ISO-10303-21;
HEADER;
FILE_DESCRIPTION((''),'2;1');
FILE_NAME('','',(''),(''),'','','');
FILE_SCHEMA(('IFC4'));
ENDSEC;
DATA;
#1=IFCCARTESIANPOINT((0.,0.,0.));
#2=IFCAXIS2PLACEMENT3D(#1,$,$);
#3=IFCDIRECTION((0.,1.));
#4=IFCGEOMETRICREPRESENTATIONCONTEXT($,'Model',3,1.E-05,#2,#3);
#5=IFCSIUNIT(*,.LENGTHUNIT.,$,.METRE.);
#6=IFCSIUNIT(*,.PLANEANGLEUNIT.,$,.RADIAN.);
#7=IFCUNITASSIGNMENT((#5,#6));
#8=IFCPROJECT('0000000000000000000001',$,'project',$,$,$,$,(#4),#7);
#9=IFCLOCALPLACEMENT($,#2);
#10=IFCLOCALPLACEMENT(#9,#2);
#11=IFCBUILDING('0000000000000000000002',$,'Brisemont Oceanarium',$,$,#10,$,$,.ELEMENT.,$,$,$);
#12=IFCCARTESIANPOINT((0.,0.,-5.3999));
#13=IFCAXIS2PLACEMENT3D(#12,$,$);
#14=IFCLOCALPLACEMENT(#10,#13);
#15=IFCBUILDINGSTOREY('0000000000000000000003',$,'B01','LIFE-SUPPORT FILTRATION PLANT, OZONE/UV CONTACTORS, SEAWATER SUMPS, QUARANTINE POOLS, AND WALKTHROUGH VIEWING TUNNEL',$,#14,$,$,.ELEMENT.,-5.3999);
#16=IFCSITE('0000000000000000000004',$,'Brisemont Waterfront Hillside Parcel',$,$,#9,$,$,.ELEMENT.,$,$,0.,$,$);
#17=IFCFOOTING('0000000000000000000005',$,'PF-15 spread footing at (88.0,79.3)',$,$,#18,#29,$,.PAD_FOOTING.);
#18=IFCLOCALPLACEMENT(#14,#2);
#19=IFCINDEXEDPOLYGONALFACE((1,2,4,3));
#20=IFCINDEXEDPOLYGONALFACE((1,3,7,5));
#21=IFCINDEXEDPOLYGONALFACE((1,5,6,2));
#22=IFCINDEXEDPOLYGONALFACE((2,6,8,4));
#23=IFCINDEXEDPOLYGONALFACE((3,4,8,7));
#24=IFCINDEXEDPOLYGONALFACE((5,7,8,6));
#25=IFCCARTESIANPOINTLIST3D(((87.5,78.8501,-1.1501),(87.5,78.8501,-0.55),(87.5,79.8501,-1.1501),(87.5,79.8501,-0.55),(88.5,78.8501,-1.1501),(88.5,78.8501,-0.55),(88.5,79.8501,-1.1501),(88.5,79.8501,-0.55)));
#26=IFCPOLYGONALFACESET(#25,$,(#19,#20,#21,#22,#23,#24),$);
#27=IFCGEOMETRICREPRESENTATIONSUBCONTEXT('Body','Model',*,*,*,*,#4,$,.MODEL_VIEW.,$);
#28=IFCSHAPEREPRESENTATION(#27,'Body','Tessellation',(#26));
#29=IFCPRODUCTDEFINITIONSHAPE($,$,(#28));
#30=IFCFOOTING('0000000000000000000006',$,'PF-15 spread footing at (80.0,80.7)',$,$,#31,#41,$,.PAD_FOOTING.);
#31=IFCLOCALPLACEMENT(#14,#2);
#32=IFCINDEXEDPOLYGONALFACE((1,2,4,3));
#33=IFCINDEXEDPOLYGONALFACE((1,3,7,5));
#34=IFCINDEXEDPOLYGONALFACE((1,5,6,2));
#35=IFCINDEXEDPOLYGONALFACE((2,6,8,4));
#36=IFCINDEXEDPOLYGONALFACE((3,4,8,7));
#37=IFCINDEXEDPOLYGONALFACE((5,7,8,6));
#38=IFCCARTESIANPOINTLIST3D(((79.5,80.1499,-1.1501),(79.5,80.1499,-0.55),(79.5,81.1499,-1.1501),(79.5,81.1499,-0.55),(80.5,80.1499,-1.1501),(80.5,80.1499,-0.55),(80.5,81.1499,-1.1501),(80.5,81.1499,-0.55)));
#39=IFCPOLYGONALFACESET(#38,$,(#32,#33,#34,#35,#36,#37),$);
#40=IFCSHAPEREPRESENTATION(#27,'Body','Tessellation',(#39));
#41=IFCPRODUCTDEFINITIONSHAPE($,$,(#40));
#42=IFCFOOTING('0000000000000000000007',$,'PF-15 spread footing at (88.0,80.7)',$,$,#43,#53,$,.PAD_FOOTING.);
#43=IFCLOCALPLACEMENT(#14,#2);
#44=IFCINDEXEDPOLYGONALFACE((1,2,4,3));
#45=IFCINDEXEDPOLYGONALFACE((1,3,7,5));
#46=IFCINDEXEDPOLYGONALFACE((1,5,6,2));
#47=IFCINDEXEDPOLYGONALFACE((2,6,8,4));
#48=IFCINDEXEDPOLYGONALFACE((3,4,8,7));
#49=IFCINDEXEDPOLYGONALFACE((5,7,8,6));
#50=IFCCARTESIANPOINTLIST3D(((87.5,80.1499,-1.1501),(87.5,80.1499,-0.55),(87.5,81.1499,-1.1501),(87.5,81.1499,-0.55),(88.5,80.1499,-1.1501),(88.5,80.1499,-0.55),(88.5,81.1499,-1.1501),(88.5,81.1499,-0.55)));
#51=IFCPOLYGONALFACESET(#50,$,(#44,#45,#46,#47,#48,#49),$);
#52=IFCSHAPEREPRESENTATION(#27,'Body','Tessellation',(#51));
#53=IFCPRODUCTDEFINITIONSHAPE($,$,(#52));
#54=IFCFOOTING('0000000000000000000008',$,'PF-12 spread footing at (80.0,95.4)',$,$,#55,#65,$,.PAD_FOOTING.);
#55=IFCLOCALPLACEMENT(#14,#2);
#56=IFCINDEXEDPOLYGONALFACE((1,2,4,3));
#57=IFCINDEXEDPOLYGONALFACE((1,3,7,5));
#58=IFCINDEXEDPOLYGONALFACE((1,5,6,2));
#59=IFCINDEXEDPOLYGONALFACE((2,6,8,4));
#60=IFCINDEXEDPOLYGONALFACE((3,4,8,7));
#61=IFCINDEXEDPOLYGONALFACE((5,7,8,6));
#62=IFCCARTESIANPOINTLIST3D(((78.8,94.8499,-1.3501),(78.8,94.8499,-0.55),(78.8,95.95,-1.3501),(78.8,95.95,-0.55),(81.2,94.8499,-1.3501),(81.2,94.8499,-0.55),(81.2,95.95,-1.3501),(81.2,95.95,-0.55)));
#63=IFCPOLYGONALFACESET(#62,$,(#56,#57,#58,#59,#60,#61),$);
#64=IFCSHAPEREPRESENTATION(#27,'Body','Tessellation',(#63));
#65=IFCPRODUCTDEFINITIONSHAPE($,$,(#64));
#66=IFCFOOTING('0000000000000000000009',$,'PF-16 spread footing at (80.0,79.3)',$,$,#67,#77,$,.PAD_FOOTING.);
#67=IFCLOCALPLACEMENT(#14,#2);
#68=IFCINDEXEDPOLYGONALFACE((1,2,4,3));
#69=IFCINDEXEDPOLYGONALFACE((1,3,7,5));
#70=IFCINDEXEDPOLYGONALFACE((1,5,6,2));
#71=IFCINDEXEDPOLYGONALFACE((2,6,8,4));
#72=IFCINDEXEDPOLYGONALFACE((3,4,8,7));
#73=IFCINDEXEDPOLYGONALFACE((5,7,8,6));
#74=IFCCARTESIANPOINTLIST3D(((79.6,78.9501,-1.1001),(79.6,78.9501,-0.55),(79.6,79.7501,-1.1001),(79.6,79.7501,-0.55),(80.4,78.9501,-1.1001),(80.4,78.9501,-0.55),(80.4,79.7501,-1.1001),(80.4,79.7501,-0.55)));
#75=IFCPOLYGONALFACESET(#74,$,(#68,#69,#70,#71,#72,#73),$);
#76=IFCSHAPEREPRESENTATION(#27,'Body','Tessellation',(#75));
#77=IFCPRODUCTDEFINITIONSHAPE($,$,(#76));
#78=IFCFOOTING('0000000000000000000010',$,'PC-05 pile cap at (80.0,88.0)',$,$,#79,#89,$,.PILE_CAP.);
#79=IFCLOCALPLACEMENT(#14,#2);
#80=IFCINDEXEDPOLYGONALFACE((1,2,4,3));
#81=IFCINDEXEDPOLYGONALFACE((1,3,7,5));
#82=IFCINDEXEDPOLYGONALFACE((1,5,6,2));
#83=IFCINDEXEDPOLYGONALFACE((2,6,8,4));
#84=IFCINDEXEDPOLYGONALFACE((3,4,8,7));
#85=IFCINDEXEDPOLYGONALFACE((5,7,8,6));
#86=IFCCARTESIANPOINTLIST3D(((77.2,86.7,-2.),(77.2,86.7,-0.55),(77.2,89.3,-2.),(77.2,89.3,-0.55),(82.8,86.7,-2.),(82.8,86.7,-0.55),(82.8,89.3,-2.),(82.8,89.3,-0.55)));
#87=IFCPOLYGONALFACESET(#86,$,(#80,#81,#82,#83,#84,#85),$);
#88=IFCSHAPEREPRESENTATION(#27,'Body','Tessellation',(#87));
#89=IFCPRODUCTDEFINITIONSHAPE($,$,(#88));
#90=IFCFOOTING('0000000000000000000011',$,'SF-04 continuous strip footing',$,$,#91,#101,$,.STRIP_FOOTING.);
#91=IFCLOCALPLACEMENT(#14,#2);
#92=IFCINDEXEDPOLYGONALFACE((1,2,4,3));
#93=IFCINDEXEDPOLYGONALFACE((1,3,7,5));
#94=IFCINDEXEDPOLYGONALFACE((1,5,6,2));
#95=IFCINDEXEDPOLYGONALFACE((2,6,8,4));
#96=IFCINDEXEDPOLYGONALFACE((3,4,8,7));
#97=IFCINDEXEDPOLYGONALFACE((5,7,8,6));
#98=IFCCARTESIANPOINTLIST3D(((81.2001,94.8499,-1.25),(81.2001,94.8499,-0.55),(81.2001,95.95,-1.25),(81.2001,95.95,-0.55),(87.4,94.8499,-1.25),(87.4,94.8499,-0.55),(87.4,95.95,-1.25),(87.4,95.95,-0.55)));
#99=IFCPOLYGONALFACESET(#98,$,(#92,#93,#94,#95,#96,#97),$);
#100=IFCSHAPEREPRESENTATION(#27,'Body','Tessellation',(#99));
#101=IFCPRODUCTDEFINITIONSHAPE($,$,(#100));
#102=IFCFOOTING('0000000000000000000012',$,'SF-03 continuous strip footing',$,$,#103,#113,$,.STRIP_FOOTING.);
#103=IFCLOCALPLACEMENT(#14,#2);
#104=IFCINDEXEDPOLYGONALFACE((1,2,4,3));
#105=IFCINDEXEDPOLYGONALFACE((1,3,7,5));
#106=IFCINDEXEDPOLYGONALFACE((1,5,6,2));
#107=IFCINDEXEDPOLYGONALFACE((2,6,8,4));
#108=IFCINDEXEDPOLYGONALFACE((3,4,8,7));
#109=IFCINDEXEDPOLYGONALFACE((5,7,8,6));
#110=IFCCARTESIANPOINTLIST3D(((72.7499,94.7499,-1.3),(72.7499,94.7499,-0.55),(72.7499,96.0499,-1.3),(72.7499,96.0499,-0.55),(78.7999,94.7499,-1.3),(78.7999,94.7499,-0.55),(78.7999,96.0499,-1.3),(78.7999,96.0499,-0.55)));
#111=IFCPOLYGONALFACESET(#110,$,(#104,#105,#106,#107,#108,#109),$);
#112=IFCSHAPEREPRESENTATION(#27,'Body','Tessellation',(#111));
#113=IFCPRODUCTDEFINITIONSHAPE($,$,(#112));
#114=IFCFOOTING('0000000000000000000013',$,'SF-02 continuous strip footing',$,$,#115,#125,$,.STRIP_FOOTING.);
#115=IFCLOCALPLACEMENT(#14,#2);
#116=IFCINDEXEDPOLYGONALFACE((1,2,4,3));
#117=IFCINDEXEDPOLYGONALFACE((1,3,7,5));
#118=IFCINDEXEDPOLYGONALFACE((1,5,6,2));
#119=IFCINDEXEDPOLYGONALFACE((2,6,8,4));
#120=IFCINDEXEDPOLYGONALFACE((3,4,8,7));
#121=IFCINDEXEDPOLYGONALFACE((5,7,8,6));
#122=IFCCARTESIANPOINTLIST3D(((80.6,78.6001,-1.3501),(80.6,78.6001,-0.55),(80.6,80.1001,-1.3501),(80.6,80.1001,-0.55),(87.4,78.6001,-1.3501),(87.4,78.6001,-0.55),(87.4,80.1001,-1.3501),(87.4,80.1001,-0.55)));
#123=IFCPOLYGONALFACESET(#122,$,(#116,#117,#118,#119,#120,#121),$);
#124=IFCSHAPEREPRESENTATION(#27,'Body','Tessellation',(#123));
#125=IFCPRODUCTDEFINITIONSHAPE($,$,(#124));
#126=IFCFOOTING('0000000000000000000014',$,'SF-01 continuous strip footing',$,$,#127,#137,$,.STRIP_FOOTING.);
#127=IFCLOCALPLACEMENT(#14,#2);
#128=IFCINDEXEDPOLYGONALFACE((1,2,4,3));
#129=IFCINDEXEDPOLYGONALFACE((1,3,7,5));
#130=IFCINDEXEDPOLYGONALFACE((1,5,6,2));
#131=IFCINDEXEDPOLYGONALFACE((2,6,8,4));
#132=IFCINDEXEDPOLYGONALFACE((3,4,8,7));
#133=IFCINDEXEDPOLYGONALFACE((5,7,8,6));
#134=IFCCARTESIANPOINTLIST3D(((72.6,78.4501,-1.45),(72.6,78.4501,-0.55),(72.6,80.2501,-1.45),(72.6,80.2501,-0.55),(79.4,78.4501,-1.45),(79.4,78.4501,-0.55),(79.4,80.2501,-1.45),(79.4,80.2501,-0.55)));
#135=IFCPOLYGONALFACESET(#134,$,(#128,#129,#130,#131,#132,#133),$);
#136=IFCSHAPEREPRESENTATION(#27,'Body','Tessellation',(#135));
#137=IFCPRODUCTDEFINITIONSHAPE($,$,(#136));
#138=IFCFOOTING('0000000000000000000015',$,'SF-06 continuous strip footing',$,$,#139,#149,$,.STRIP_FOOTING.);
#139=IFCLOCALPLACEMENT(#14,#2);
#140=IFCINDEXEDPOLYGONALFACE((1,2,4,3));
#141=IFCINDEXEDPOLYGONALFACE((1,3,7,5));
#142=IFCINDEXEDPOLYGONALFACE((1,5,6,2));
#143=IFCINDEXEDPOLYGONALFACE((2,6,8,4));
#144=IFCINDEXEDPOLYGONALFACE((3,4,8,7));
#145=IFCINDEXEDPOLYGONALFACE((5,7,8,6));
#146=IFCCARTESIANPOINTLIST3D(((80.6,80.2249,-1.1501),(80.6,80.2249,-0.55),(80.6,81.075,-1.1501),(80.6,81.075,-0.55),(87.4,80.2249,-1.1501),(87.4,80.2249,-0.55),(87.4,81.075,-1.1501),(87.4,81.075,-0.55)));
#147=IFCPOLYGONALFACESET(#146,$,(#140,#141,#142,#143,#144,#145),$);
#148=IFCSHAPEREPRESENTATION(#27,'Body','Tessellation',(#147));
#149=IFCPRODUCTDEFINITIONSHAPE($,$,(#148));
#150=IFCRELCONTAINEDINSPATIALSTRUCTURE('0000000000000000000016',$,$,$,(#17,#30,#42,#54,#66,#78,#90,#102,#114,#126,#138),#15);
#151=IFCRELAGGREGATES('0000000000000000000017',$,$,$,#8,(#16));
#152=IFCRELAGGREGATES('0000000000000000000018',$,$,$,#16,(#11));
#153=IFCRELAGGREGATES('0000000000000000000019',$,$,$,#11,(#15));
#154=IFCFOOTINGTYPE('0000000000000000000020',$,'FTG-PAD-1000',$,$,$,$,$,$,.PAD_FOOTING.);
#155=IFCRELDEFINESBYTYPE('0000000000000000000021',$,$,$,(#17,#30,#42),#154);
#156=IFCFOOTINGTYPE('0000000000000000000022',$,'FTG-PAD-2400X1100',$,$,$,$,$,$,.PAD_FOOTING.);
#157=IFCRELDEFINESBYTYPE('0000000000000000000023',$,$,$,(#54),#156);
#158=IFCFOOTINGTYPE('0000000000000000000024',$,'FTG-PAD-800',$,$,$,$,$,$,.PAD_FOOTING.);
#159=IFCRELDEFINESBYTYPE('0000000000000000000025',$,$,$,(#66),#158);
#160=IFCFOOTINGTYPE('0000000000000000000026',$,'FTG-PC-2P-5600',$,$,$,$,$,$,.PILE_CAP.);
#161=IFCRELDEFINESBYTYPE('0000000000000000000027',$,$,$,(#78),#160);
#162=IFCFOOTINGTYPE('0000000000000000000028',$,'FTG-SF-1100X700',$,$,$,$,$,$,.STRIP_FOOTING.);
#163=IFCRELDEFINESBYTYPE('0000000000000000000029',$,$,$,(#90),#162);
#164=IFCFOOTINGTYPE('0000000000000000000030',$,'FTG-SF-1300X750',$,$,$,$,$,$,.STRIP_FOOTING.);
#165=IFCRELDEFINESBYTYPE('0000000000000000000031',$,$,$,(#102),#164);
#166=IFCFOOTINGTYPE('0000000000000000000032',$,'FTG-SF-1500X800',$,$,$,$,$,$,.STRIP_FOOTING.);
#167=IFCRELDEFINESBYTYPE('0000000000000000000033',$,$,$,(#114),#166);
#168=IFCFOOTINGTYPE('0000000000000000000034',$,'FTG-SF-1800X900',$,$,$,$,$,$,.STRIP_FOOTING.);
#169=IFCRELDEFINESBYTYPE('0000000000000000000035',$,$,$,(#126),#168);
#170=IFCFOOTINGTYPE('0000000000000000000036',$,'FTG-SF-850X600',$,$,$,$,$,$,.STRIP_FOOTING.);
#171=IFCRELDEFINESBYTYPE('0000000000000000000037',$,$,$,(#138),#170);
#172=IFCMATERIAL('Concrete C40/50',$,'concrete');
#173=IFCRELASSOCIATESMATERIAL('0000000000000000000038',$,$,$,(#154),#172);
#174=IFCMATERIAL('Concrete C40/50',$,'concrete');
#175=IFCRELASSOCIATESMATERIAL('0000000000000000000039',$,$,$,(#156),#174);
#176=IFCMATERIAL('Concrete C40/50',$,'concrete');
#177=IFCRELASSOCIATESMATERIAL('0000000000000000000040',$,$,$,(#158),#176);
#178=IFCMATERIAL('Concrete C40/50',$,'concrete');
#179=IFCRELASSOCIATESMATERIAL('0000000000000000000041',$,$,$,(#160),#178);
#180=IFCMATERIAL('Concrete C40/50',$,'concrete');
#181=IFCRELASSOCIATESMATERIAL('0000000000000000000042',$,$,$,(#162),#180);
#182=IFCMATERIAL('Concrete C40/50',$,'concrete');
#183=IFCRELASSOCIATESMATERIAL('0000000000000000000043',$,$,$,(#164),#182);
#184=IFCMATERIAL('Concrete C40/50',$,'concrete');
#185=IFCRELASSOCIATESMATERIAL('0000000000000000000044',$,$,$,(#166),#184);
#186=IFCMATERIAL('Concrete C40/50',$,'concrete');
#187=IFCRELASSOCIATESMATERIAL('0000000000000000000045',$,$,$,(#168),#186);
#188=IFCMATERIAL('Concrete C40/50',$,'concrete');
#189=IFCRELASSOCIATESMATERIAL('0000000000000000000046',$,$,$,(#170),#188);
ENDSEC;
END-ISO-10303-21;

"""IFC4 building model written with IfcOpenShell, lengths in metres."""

from ifc_helpers import new_model, si_unit, direction, frame, origin, origin_2d, place, context, subcontext, project, spatial, rectangle, extrude, material, type_object, element, save


model = new_model("IFC4")

# Units and contexts
model_context = context("Model", 3, precision=1e-05, world=origin(), true_north=direction((0.0, 1.0)))
body_context = subcontext(model_context, "Body", "Model", "MODEL_VIEW")
ifc_project = project(units=[si_unit("LENGTHUNIT", "METRE"), si_unit("PLANEANGLEUNIT", "RADIAN")], contexts=[model_context])

# Site, building, storey
site_placement = place(None, origin())
site = spatial("IfcSite", under=ifc_project, at=site_placement, Name="Brisemont Waterfront Hillside Parcel", CompositionType="ELEMENT", RefElevation=0.0)
building_placement = place(site_placement, origin())
building = spatial("IfcBuilding", under=site, at=building_placement, Name="Brisemont Oceanarium", CompositionType="ELEMENT")
storey_placement = place(building_placement, frame((0.0, 0.0, -5.3999)))
storey = spatial("IfcBuildingStorey", under=building, at=storey_placement, Name="B01", Description="LIFE-SUPPORT FILTRATION PLANT, OZONE/UV CONTACTORS, SEAWATER SUMPS, QUARANTINE POOLS, AND WALKTHROUGH VIEWING TUNNEL", CompositionType="ELEMENT", Elevation=-5.3999)

# Footings
ifc_material_1 = material(Name="Concrete C40/50", Category="concrete")
footing_type_1 = type_object("IfcFootingType", Name="FTG-PAD-1000", PredefinedType="PAD_FOOTING", material=ifc_material_1)
for number, where, z_axis, x_axis, name in (
    (1, (88.0, 79.3501, -1.1501), (0.0, 0.0, 1.0), (1.0, 0.0, 0.0), "PF-15 spread footing at (88.0,79.3)"),
    (2, (80.0, 80.6499, -1.1501), (0.0, 0.0, 1.0), (1.0, 0.0, 0.0), "PF-15 spread footing at (80.0,80.7)"),
    (3, (88.0, 80.6499, -1.1501), (0.0, 0.0, 1.0), (1.0, 0.0, 0.0), "PF-15 spread footing at (88.0,80.7)"),
):
    element("IfcFooting", number, at=place(storey_placement, frame(where, z_axis=z_axis, x_axis=x_axis)), inside=storey, type_object=footing_type_1, Name=name, PredefinedType="PAD_FOOTING", context=body_context, shape_type="SweptSolid", body=[
        extrude(rectangle(XDim=1.0, YDim=1.0, at=origin_2d()), origin(), (0.0, 0.0, 1.0), 0.6001),
    ])
ifc_material_2 = material(Name="Concrete C40/50", Category="concrete")
footing_type_2 = type_object("IfcFootingType", Name="FTG-PAD-2400X1100", PredefinedType="PAD_FOOTING", material=ifc_material_2)
footing_1_placement = place(storey_placement, frame((80.0, 95.3999, -1.3501), z_axis=(0.0, 0.0, 1.0), x_axis=(1.0, 0.0, 0.0)))
element("IfcFooting", 4, at=footing_1_placement, inside=storey, type_object=footing_type_2, Name="PF-12 spread footing at (80.0,95.4)", PredefinedType="PAD_FOOTING", context=body_context, shape_type="SweptSolid", body=[
    extrude(rectangle(XDim=2.3999, YDim=1.1001, at=origin_2d()), origin(), (0.0, 0.0, 1.0), 0.8),
])
ifc_material_3 = material(Name="Concrete C40/50", Category="concrete")
footing_type_3 = type_object("IfcFootingType", Name="FTG-PAD-800", PredefinedType="PAD_FOOTING", material=ifc_material_3)
footing_2_placement = place(storey_placement, frame((80.0, 79.3501, -1.1001), z_axis=(0.0, 0.0, 1.0), x_axis=(1.0, 0.0, 0.0)))
element("IfcFooting", 5, at=footing_2_placement, inside=storey, type_object=footing_type_3, Name="PF-16 spread footing at (80.0,79.3)", PredefinedType="PAD_FOOTING", context=body_context, shape_type="SweptSolid", body=[
    extrude(rectangle(XDim=0.8, YDim=0.8, at=origin_2d()), origin(), (0.0, 0.0, 1.0), 0.55),
])
ifc_material_4 = material(Name="Concrete C40/50", Category="concrete")
footing_type_4 = type_object("IfcFootingType", Name="FTG-PC-2P-5600", PredefinedType="PILE_CAP", material=ifc_material_4)
footing_3_placement = place(storey_placement, frame((80.0, 88.0, -2.0), z_axis=(0.0, 0.0, 1.0), x_axis=(1.0, 0.0, 0.0)))
element("IfcFooting", 6, at=footing_3_placement, inside=storey, type_object=footing_type_4, Name="PC-05 pile cap at (80.0,88.0)", PredefinedType="PILE_CAP", context=body_context, shape_type="SweptSolid", body=[
    extrude(rectangle(XDim=5.6001, YDim=2.6001, at=origin_2d()), origin(), (0.0, 0.0, 1.0), 1.45),
])
ifc_material_5 = material(Name="Concrete C40/50", Category="concrete")
footing_type_5 = type_object("IfcFootingType", Name="FTG-SF-1100X700", PredefinedType="STRIP_FOOTING", material=ifc_material_5)
footing_4_placement = place(storey_placement, frame((84.3, 95.3999, -1.25), z_axis=(0.0, 0.0, 1.0), x_axis=(1.0, 0.0, 0.0)))
element("IfcFooting", 7, at=footing_4_placement, inside=storey, type_object=footing_type_5, Name="SF-04 continuous strip footing", PredefinedType="STRIP_FOOTING", context=body_context, shape_type="SweptSolid", body=[
    extrude(rectangle(XDim=6.2, YDim=1.1001, at=origin_2d()), origin(), (0.0, 0.0, 1.0), 0.7),
])
ifc_material_6 = material(Name="Concrete C40/50", Category="concrete")
footing_type_6 = type_object("IfcFootingType", Name="FTG-SF-1300X750", PredefinedType="STRIP_FOOTING", material=ifc_material_6)
footing_5_placement = place(storey_placement, frame((75.7749, 95.3999, -1.3), z_axis=(0.0, 0.0, 1.0), x_axis=(1.0, 0.0, 0.0)))
element("IfcFooting", 8, at=footing_5_placement, inside=storey, type_object=footing_type_6, Name="SF-03 continuous strip footing", PredefinedType="STRIP_FOOTING", context=body_context, shape_type="SweptSolid", body=[
    extrude(rectangle(XDim=6.05, YDim=1.3, at=origin_2d()), origin(), (0.0, 0.0, 1.0), 0.75),
])
ifc_material_7 = material(Name="Concrete C40/50", Category="concrete")
footing_type_7 = type_object("IfcFootingType", Name="FTG-SF-1500X800", PredefinedType="STRIP_FOOTING", material=ifc_material_7)
footing_6_placement = place(storey_placement, frame((84.0, 79.3501, -1.3501), z_axis=(0.0, 0.0, 1.0), x_axis=(1.0, 0.0, 0.0)))
element("IfcFooting", 9, at=footing_6_placement, inside=storey, type_object=footing_type_7, Name="SF-02 continuous strip footing", PredefinedType="STRIP_FOOTING", context=body_context, shape_type="SweptSolid", body=[
    extrude(rectangle(XDim=6.8, YDim=1.5, at=origin_2d()), origin(), (0.0, 0.0, 1.0), 0.8),
])
ifc_material_8 = material(Name="Concrete C40/50", Category="concrete")
footing_type_8 = type_object("IfcFootingType", Name="FTG-SF-1800X900", PredefinedType="STRIP_FOOTING", material=ifc_material_8)
footing_7_placement = place(storey_placement, frame((76.0, 79.3501, -1.45), z_axis=(0.0, 0.0, 1.0), x_axis=(1.0, 0.0, 0.0)))
element("IfcFooting", 10, at=footing_7_placement, inside=storey, type_object=footing_type_8, Name="SF-01 continuous strip footing", PredefinedType="STRIP_FOOTING", context=body_context, shape_type="SweptSolid", body=[
    extrude(rectangle(XDim=6.8, YDim=1.8, at=origin_2d()), origin(), (0.0, 0.0, 1.0), 0.8999),
])
ifc_material_9 = material(Name="Concrete C40/50", Category="concrete")
footing_type_9 = type_object("IfcFootingType", Name="FTG-SF-850X600", PredefinedType="STRIP_FOOTING", material=ifc_material_9)
footing_8_placement = place(storey_placement, frame((84.0, 80.6499, -1.1501), z_axis=(0.0, 0.0, 1.0), x_axis=(1.0, 0.0, 0.0)))
element("IfcFooting", 11, at=footing_8_placement, inside=storey, type_object=footing_type_9, Name="SF-06 continuous strip footing", PredefinedType="STRIP_FOOTING", context=body_context, shape_type="SweptSolid", body=[
    extrude(rectangle(XDim=6.8, YDim=0.8501, at=origin_2d()), origin(), (0.0, 0.0, 1.0), 0.6001),
])

save(model, "model.ifc")
